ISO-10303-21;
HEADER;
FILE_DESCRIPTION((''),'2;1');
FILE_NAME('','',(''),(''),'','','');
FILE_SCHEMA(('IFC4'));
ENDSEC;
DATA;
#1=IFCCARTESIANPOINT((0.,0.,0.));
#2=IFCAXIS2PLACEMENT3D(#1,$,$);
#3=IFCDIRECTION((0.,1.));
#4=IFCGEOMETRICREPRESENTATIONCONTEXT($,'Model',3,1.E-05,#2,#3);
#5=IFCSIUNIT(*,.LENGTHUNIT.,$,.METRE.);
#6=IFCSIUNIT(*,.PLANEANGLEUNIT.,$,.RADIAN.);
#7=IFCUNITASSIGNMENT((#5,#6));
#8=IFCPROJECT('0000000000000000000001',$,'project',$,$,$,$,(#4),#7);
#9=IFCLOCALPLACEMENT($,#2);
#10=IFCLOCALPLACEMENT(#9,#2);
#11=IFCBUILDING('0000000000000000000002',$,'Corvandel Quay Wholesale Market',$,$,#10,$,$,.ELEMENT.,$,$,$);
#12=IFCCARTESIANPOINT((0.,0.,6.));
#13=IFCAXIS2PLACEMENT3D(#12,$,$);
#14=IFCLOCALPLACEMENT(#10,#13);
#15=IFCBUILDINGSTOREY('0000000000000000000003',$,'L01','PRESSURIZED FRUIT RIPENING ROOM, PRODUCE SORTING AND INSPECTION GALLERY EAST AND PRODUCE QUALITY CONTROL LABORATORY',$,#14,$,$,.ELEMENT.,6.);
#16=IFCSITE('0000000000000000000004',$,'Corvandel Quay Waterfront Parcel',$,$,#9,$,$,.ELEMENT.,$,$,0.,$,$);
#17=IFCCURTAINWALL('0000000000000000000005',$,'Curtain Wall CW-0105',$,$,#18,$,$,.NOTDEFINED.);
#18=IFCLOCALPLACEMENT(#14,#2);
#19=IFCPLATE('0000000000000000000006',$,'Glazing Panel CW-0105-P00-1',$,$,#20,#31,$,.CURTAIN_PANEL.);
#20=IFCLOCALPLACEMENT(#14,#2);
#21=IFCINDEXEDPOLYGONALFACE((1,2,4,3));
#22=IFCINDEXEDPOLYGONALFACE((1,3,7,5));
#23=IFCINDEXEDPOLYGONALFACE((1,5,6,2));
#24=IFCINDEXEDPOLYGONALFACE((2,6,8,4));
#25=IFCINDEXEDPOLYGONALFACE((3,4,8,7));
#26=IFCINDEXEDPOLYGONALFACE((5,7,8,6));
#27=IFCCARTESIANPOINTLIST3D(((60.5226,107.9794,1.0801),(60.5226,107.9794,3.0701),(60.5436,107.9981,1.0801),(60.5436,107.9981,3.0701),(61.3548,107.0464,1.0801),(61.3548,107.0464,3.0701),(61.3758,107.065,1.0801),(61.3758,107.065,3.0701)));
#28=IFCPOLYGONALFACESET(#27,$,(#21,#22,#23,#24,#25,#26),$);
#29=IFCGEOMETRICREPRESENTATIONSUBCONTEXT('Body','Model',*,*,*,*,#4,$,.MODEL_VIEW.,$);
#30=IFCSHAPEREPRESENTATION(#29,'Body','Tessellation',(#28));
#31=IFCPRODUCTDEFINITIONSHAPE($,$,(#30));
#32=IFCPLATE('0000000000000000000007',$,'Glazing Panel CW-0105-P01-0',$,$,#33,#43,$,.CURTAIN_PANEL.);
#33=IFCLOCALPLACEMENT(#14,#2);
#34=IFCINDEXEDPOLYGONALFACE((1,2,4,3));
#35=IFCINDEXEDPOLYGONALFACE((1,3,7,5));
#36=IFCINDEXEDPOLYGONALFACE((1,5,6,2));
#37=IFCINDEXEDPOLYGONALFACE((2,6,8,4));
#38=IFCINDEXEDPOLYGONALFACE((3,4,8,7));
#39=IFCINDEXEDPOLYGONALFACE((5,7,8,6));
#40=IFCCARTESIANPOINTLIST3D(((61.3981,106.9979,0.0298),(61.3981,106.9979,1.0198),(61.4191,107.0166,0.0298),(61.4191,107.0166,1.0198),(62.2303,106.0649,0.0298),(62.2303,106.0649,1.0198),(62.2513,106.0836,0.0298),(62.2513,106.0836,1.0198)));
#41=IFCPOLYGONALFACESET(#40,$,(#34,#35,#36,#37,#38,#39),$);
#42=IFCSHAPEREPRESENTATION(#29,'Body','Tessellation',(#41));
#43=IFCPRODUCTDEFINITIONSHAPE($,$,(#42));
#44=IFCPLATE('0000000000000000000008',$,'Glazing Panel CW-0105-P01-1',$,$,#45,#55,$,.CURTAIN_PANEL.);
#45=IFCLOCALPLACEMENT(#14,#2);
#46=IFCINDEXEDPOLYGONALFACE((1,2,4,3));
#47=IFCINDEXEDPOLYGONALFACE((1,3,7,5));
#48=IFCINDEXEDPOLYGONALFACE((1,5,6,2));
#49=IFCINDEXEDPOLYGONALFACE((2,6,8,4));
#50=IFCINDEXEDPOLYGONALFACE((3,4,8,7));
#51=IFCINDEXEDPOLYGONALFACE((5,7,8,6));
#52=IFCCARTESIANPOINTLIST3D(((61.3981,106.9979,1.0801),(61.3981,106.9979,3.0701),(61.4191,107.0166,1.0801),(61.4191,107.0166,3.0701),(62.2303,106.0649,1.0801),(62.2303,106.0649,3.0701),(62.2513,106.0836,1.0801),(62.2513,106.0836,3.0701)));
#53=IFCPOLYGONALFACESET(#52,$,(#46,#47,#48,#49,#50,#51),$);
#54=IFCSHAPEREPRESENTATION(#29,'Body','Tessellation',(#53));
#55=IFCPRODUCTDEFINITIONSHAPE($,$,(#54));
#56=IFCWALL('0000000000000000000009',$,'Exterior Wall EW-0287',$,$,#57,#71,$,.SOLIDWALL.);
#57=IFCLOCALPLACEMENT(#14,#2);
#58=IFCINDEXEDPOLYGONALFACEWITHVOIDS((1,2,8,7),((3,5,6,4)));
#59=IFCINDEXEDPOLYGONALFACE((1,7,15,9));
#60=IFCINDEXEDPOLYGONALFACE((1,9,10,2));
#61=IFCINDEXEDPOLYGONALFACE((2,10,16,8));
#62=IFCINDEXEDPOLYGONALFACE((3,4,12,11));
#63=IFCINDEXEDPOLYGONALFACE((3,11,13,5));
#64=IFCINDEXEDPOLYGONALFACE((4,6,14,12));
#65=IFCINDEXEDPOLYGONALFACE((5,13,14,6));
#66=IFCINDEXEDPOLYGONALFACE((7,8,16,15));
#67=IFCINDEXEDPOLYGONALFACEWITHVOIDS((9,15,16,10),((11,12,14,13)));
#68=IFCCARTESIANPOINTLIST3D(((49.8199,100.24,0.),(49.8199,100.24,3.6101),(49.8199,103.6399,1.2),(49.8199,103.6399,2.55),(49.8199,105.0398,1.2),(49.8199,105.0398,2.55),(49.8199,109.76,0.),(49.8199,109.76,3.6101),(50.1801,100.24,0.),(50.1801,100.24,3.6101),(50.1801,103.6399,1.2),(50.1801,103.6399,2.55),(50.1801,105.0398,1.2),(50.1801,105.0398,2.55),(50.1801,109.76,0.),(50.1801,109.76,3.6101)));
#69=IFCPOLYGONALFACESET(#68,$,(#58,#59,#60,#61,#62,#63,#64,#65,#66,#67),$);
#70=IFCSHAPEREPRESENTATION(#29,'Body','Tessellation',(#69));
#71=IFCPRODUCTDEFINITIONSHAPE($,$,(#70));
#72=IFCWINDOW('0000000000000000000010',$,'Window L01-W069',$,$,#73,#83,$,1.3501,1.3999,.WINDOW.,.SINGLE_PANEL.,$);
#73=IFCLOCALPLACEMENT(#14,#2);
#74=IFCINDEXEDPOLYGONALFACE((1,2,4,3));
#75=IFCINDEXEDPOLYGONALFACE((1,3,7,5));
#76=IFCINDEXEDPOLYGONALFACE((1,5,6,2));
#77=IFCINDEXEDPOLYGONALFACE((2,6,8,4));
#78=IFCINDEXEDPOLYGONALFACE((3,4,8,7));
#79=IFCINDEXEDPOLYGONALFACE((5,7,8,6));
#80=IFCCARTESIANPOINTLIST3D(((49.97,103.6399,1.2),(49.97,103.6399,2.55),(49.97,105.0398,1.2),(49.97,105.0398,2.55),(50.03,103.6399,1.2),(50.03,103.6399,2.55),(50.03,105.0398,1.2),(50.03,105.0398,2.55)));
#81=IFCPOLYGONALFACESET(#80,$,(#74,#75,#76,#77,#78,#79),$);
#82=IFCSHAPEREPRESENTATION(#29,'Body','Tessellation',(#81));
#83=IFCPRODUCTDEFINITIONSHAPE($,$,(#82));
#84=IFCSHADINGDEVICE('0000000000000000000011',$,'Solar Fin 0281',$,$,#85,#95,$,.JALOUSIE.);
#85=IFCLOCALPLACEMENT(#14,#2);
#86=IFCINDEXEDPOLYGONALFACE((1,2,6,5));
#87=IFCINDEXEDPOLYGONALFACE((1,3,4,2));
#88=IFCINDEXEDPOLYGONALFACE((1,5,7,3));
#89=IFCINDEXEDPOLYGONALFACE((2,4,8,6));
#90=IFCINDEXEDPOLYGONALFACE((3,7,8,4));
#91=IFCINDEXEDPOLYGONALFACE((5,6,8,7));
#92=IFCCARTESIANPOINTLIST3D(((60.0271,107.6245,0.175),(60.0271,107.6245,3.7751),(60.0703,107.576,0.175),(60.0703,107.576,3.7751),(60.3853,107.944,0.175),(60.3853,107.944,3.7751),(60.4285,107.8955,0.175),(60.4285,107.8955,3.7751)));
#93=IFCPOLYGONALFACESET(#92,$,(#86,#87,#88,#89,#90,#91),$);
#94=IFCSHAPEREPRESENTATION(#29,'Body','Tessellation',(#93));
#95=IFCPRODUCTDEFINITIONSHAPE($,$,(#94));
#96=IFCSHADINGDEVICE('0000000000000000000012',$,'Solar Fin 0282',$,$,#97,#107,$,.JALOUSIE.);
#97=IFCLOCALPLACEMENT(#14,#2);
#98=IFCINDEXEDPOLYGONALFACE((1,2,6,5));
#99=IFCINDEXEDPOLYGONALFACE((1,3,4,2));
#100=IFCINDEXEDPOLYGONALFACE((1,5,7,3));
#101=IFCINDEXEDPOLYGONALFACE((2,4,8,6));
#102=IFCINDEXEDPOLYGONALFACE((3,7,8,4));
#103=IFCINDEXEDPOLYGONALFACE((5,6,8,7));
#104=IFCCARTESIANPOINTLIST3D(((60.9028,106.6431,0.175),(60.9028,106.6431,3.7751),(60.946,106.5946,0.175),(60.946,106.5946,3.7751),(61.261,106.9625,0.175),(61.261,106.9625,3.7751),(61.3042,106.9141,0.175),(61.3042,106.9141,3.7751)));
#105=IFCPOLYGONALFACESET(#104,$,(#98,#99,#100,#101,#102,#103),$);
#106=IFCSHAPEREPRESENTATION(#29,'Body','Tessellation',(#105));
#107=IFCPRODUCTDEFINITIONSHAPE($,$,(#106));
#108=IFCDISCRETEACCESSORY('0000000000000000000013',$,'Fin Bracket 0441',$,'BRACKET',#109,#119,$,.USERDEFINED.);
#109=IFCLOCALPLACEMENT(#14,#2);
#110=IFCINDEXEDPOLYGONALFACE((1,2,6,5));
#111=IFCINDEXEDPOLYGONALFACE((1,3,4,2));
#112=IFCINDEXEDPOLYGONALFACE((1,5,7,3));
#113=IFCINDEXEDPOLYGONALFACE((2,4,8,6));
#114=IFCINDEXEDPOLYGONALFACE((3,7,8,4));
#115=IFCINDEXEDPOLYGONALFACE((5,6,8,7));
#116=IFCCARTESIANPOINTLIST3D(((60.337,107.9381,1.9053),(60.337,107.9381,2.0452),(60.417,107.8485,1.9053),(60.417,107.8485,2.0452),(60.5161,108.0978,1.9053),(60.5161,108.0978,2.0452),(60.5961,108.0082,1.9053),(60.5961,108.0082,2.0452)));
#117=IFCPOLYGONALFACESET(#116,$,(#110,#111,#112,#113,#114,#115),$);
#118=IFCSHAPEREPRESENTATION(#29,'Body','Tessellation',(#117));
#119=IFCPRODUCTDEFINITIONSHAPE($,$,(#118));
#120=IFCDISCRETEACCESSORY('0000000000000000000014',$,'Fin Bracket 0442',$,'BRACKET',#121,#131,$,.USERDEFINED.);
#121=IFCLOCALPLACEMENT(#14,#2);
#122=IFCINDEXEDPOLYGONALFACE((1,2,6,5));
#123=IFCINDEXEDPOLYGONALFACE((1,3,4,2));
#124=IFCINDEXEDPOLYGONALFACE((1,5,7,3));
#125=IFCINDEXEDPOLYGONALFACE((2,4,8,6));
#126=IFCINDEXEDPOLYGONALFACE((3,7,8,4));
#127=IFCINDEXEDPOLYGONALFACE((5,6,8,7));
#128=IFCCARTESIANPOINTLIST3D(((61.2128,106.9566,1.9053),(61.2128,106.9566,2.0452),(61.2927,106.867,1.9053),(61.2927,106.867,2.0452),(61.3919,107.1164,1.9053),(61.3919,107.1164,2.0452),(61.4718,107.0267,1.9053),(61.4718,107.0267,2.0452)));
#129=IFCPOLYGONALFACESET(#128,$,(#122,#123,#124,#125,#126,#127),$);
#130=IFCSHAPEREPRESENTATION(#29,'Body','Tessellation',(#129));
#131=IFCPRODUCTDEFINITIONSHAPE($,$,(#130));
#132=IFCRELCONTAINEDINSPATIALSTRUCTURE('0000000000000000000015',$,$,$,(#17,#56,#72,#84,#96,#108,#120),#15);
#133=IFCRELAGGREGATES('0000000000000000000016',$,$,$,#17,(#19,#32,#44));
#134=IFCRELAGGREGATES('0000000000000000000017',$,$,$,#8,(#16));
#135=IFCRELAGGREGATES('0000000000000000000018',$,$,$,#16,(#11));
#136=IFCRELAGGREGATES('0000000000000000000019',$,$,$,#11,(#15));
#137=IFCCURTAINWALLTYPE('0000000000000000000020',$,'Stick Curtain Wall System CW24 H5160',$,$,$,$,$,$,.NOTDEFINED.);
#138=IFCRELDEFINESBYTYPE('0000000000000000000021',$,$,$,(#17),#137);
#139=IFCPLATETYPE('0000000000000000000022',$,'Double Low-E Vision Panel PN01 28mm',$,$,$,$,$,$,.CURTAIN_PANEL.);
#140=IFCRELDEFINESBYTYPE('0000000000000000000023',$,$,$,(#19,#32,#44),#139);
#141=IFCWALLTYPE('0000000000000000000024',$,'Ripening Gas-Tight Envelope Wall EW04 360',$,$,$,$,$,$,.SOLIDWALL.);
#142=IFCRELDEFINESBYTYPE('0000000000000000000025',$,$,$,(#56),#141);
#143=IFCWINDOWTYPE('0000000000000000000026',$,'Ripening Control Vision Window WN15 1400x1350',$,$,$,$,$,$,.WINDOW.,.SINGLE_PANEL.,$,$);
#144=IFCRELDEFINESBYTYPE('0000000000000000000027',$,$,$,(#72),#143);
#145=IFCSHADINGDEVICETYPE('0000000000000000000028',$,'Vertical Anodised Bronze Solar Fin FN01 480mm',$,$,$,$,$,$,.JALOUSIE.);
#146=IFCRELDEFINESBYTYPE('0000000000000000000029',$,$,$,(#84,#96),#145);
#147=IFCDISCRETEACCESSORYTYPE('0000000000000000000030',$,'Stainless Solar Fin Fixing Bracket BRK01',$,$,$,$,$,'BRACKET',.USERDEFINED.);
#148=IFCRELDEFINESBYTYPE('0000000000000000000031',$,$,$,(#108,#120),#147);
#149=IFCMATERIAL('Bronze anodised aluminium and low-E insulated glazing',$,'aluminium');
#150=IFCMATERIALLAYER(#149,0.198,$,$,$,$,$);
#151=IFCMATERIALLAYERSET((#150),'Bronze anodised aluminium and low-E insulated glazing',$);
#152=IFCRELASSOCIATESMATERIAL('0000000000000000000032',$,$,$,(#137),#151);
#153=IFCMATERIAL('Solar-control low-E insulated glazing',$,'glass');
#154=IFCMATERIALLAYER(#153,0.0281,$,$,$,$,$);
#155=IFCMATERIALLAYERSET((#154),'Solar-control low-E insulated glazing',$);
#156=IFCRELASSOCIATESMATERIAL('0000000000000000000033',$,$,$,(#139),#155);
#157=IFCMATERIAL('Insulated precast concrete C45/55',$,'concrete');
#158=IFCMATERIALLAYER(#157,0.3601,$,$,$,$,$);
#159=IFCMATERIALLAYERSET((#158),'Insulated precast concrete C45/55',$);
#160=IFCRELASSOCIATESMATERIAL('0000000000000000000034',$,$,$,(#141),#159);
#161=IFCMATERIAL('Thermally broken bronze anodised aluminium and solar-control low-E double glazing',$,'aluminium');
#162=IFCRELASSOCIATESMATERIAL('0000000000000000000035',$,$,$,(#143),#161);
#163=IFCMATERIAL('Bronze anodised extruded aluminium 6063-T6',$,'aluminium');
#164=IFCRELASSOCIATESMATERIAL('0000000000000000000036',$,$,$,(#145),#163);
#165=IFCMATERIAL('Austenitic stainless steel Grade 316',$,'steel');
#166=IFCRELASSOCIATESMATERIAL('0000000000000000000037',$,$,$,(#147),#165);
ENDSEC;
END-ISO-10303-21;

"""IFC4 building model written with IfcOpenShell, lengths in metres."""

from ifc_helpers import new_model, si_unit, direction, frame, frame_2d, origin, origin_2d, place, context, subcontext, project, spatial, rectangle, extrude, material, layer, layer_set, type_object, element, fill, aggregate, save


model = new_model("IFC4")

# Units and contexts
model_context = context("Model", 3, precision=1e-05, world=origin(), true_north=direction((0.0, 1.0)))
body_context = subcontext(model_context, "Body", "Model", "MODEL_VIEW")
ifc_project = project(units=[si_unit("LENGTHUNIT", "METRE"), si_unit("PLANEANGLEUNIT", "RADIAN")], contexts=[model_context])

# Site, building, storey
site_placement = place(None, origin())
site = spatial("IfcSite", under=ifc_project, at=site_placement, Name="Corvandel Quay Waterfront Parcel", CompositionType="ELEMENT", RefElevation=0.0)
building_placement = place(site_placement, origin())
building = spatial("IfcBuilding", under=site, at=building_placement, Name="Corvandel Quay Wholesale Market", CompositionType="ELEMENT")
storey_placement = place(building_placement, frame((0.0, 0.0, 6.0)))
storey = spatial("IfcBuildingStorey", under=building, at=storey_placement, Name="L01", Description="PRESSURIZED FRUIT RIPENING ROOM, PRODUCE SORTING AND INSPECTION GALLERY EAST AND PRODUCE QUALITY CONTROL LABORATORY", CompositionType="ELEMENT", Elevation=6.0)

# Curtain wall
ifc_material_1 = material(Name="Bronze anodised aluminium and low-E insulated glazing", Category="aluminium")
ifc_layer_1 = layer(ifc_material_1, 0.198)
ifc_layer_set_1 = layer_set([ifc_layer_1], Name="Bronze anodised aluminium and low-E insulated glazing")
curtain_wall_type = type_object("IfcCurtainWallType", Name="Stick Curtain Wall System CW24 H5160", PredefinedType="NOTDEFINED", material=ifc_layer_set_1)
curtain_wall_placement = place(storey_placement, origin())
curtain_wall = element("IfcCurtainWall", 1, at=curtain_wall_placement, inside=storey, type_object=curtain_wall_type, Name="Curtain Wall CW-0105", PredefinedType="NOTDEFINED")

# Plates
ifc_material_2 = material(Name="Solar-control low-E insulated glazing", Category="glass")
ifc_layer_2 = layer(ifc_material_2, 0.0281)
ifc_layer_set_2 = layer_set([ifc_layer_2], Name="Solar-control low-E insulated glazing")
plate_type_1 = type_object("IfcPlateType", Name="Double Low-E Vision Panel PN01 28mm", PredefinedType="CURTAIN_PANEL", material=ifc_layer_set_2)
plate_1_placement = place(storey_placement, frame((60.9492, 107.5222, 1.0801), z_axis=(0.0, 0.0, 1.0), x_axis=(-0.665621, 0.74629, 0.0)))
plate_1 = element("IfcPlate", 2, at=plate_1_placement, type_object=plate_type_1, Name="Glazing Panel CW-0105-P00-1", PredefinedType="CURTAIN_PANEL", context=body_context, shape_type="SweptSolid", body=[
    extrude(rectangle(XDim=1.2502, YDim=0.0281, at=origin_2d()), origin(), (0.0, 0.0, 1.0), 1.99),
])
plate_2_placement = place(storey_placement, frame((61.8247, 106.5408, 0.0298), z_axis=(0.0, 0.0, 1.0), x_axis=(-0.665621, 0.74629, 0.0)))
plate_2 = element("IfcPlate", 3, at=plate_2_placement, type_object=plate_type_1, Name="Glazing Panel CW-0105-P01-0", PredefinedType="CURTAIN_PANEL", context=body_context, shape_type="SweptSolid", body=[
    extrude(rectangle(XDim=1.2502, YDim=0.0281, at=origin_2d()), origin(), (0.0, 0.0, 1.0), 0.99),
])
plate_3_placement = place(storey_placement, frame((61.8247, 106.5408, 1.0801), z_axis=(0.0, 0.0, 1.0), x_axis=(-0.665621, 0.74629, 0.0)))
plate_3 = element("IfcPlate", 4, at=plate_3_placement, type_object=plate_type_1, Name="Glazing Panel CW-0105-P01-1", PredefinedType="CURTAIN_PANEL", context=body_context, shape_type="SweptSolid", body=[
    extrude(rectangle(XDim=1.2502, YDim=0.0281, at=origin_2d()), origin(), (0.0, 0.0, 1.0), 1.99),
])
aggregate(curtain_wall, [plate_1, plate_2, plate_3])

# Wall, opening, window
ifc_material_3 = material(Name="Insulated precast concrete C45/55", Category="concrete")
ifc_layer_3 = layer(ifc_material_3, 0.3601)
ifc_layer_set_3 = layer_set([ifc_layer_3], Name="Insulated precast concrete C45/55")
wall_type = type_object("IfcWallType", Name="Ripening Gas-Tight Envelope Wall EW04 360", PredefinedType="SOLIDWALL", material=ifc_layer_set_3)
wall_placement = place(storey_placement, frame((50.0, 100.24, 0.0), z_axis=(0.0, 0.0, 1.0), x_axis=(0.0, 1.0, 0.0)))
wall = element("IfcWall", 5, at=wall_placement, inside=storey, type_object=wall_type, Name="Exterior Wall EW-0287", PredefinedType="SOLIDWALL", context=body_context, shape_type="SweptSolid", body=[
    extrude(rectangle(XDim=9.52, YDim=0.3601, at=frame_2d((4.76, 0.0))), origin(), (0.0, 0.0, 1.0), 3.6101),
])
opening_placement = place(wall_placement, frame((3.3999, 0.0, 1.2)))
opening = element("IfcOpeningElement", 6, at=opening_placement, cuts=wall, PredefinedType="OPENING", context=body_context, shape_type="SweptSolid", body=[
    extrude(rectangle(XDim=1.3999, YDim=1.3501, at=frame_2d((0.7, 0.675))), frame((0.0, 0.1899, 0.0), z_axis=(0.0, -1.0, 0.0), x_axis=(1.0, 0.0, 0.0)), (0.0, 0.0, 1.0), 0.3801),
])
ifc_material_4 = material(Name="Thermally broken bronze anodised aluminium and solar-control low-E double glazing", Category="aluminium")
window_type = type_object("IfcWindowType", Name="Ripening Control Vision Window WN15 1400x1350", PartitioningType="SINGLE_PANEL", PredefinedType="WINDOW", material=ifc_material_4)
window_placement = place(opening_placement, origin())
window = element("IfcWindow", 7, at=window_placement, inside=storey, type_object=window_type, Name="Window L01-W069", OverallHeight=1.3501, OverallWidth=1.3999, PartitioningType="SINGLE_PANEL", PredefinedType="WINDOW", context=body_context, shape_type="SweptSolid", body=[
    extrude(rectangle(XDim=1.3999, YDim=1.3501, at=frame_2d((0.7, 0.675))), frame((0.0, 0.03, 0.0), z_axis=(0.0, -1.0, 0.0), x_axis=(1.0, 0.0, 0.0)), (0.0, 0.0, 1.0), 0.0601),
])
fill(opening, window)

# Shading devices
ifc_material_5 = material(Name="Bronze anodised extruded aluminium 6063-T6", Category="aluminium")
shading_device_type = type_object("IfcShadingDeviceType", Name="Vertical Anodised Bronze Solar Fin FN01 480mm", PredefinedType="JALOUSIE", material=ifc_material_5)
for number, where, z_axis, x_axis, name in (
    (8, (60.2278, 107.76, 0.175), (0.0, 0.0, 1.0), (0.74629, 0.665621, 0.0), "Solar Fin 0281"),
    (9, (61.1035, 106.7786, 0.175), (0.0, 0.0, 1.0), (0.74629, 0.665621, 0.0), "Solar Fin 0282"),
):
    element("IfcShadingDevice", number, at=place(storey_placement, frame(where, z_axis=z_axis, x_axis=x_axis)), inside=storey, type_object=shading_device_type, Name=name, PredefinedType="JALOUSIE", context=body_context, shape_type="SweptSolid", body=[
        extrude(rectangle(XDim=0.48, YDim=0.0649, at=origin_2d()), origin(), (0.0, 0.0, 1.0), 3.6001),
    ])

# Discrete accessories
ifc_material_6 = material(Name="Austenitic stainless steel Grade 316", Category="steel")
discrete_accessory_type = type_object("IfcDiscreteAccessoryType", Name="Stainless Solar Fin Fixing Bracket BRK01", ElementType="BRACKET", PredefinedType="USERDEFINED", material=ifc_material_6)
for number, where, z_axis, x_axis, name in (
    (10, (60.4666, 107.9731, 1.9053), (0.0, 0.0, 1.0), (0.74629, 0.665621, 0.0), "Fin Bracket 0441"),
    (11, (61.3423, 106.9917, 1.9053), (0.0, 0.0, 1.0), (0.74629, 0.665621, 0.0), "Fin Bracket 0442"),
):
    element("IfcDiscreteAccessory", number, at=place(storey_placement, frame(where, z_axis=z_axis, x_axis=x_axis)), inside=storey, type_object=discrete_accessory_type, Name=name, ObjectType="BRACKET", PredefinedType="USERDEFINED", context=body_context, shape_type="SweptSolid", body=[
        extrude(rectangle(XDim=0.24, YDim=0.1201, at=origin_2d()), origin(), (0.0, 0.0, 1.0), 0.1399),
    ])

save(model, "model.ifc")
